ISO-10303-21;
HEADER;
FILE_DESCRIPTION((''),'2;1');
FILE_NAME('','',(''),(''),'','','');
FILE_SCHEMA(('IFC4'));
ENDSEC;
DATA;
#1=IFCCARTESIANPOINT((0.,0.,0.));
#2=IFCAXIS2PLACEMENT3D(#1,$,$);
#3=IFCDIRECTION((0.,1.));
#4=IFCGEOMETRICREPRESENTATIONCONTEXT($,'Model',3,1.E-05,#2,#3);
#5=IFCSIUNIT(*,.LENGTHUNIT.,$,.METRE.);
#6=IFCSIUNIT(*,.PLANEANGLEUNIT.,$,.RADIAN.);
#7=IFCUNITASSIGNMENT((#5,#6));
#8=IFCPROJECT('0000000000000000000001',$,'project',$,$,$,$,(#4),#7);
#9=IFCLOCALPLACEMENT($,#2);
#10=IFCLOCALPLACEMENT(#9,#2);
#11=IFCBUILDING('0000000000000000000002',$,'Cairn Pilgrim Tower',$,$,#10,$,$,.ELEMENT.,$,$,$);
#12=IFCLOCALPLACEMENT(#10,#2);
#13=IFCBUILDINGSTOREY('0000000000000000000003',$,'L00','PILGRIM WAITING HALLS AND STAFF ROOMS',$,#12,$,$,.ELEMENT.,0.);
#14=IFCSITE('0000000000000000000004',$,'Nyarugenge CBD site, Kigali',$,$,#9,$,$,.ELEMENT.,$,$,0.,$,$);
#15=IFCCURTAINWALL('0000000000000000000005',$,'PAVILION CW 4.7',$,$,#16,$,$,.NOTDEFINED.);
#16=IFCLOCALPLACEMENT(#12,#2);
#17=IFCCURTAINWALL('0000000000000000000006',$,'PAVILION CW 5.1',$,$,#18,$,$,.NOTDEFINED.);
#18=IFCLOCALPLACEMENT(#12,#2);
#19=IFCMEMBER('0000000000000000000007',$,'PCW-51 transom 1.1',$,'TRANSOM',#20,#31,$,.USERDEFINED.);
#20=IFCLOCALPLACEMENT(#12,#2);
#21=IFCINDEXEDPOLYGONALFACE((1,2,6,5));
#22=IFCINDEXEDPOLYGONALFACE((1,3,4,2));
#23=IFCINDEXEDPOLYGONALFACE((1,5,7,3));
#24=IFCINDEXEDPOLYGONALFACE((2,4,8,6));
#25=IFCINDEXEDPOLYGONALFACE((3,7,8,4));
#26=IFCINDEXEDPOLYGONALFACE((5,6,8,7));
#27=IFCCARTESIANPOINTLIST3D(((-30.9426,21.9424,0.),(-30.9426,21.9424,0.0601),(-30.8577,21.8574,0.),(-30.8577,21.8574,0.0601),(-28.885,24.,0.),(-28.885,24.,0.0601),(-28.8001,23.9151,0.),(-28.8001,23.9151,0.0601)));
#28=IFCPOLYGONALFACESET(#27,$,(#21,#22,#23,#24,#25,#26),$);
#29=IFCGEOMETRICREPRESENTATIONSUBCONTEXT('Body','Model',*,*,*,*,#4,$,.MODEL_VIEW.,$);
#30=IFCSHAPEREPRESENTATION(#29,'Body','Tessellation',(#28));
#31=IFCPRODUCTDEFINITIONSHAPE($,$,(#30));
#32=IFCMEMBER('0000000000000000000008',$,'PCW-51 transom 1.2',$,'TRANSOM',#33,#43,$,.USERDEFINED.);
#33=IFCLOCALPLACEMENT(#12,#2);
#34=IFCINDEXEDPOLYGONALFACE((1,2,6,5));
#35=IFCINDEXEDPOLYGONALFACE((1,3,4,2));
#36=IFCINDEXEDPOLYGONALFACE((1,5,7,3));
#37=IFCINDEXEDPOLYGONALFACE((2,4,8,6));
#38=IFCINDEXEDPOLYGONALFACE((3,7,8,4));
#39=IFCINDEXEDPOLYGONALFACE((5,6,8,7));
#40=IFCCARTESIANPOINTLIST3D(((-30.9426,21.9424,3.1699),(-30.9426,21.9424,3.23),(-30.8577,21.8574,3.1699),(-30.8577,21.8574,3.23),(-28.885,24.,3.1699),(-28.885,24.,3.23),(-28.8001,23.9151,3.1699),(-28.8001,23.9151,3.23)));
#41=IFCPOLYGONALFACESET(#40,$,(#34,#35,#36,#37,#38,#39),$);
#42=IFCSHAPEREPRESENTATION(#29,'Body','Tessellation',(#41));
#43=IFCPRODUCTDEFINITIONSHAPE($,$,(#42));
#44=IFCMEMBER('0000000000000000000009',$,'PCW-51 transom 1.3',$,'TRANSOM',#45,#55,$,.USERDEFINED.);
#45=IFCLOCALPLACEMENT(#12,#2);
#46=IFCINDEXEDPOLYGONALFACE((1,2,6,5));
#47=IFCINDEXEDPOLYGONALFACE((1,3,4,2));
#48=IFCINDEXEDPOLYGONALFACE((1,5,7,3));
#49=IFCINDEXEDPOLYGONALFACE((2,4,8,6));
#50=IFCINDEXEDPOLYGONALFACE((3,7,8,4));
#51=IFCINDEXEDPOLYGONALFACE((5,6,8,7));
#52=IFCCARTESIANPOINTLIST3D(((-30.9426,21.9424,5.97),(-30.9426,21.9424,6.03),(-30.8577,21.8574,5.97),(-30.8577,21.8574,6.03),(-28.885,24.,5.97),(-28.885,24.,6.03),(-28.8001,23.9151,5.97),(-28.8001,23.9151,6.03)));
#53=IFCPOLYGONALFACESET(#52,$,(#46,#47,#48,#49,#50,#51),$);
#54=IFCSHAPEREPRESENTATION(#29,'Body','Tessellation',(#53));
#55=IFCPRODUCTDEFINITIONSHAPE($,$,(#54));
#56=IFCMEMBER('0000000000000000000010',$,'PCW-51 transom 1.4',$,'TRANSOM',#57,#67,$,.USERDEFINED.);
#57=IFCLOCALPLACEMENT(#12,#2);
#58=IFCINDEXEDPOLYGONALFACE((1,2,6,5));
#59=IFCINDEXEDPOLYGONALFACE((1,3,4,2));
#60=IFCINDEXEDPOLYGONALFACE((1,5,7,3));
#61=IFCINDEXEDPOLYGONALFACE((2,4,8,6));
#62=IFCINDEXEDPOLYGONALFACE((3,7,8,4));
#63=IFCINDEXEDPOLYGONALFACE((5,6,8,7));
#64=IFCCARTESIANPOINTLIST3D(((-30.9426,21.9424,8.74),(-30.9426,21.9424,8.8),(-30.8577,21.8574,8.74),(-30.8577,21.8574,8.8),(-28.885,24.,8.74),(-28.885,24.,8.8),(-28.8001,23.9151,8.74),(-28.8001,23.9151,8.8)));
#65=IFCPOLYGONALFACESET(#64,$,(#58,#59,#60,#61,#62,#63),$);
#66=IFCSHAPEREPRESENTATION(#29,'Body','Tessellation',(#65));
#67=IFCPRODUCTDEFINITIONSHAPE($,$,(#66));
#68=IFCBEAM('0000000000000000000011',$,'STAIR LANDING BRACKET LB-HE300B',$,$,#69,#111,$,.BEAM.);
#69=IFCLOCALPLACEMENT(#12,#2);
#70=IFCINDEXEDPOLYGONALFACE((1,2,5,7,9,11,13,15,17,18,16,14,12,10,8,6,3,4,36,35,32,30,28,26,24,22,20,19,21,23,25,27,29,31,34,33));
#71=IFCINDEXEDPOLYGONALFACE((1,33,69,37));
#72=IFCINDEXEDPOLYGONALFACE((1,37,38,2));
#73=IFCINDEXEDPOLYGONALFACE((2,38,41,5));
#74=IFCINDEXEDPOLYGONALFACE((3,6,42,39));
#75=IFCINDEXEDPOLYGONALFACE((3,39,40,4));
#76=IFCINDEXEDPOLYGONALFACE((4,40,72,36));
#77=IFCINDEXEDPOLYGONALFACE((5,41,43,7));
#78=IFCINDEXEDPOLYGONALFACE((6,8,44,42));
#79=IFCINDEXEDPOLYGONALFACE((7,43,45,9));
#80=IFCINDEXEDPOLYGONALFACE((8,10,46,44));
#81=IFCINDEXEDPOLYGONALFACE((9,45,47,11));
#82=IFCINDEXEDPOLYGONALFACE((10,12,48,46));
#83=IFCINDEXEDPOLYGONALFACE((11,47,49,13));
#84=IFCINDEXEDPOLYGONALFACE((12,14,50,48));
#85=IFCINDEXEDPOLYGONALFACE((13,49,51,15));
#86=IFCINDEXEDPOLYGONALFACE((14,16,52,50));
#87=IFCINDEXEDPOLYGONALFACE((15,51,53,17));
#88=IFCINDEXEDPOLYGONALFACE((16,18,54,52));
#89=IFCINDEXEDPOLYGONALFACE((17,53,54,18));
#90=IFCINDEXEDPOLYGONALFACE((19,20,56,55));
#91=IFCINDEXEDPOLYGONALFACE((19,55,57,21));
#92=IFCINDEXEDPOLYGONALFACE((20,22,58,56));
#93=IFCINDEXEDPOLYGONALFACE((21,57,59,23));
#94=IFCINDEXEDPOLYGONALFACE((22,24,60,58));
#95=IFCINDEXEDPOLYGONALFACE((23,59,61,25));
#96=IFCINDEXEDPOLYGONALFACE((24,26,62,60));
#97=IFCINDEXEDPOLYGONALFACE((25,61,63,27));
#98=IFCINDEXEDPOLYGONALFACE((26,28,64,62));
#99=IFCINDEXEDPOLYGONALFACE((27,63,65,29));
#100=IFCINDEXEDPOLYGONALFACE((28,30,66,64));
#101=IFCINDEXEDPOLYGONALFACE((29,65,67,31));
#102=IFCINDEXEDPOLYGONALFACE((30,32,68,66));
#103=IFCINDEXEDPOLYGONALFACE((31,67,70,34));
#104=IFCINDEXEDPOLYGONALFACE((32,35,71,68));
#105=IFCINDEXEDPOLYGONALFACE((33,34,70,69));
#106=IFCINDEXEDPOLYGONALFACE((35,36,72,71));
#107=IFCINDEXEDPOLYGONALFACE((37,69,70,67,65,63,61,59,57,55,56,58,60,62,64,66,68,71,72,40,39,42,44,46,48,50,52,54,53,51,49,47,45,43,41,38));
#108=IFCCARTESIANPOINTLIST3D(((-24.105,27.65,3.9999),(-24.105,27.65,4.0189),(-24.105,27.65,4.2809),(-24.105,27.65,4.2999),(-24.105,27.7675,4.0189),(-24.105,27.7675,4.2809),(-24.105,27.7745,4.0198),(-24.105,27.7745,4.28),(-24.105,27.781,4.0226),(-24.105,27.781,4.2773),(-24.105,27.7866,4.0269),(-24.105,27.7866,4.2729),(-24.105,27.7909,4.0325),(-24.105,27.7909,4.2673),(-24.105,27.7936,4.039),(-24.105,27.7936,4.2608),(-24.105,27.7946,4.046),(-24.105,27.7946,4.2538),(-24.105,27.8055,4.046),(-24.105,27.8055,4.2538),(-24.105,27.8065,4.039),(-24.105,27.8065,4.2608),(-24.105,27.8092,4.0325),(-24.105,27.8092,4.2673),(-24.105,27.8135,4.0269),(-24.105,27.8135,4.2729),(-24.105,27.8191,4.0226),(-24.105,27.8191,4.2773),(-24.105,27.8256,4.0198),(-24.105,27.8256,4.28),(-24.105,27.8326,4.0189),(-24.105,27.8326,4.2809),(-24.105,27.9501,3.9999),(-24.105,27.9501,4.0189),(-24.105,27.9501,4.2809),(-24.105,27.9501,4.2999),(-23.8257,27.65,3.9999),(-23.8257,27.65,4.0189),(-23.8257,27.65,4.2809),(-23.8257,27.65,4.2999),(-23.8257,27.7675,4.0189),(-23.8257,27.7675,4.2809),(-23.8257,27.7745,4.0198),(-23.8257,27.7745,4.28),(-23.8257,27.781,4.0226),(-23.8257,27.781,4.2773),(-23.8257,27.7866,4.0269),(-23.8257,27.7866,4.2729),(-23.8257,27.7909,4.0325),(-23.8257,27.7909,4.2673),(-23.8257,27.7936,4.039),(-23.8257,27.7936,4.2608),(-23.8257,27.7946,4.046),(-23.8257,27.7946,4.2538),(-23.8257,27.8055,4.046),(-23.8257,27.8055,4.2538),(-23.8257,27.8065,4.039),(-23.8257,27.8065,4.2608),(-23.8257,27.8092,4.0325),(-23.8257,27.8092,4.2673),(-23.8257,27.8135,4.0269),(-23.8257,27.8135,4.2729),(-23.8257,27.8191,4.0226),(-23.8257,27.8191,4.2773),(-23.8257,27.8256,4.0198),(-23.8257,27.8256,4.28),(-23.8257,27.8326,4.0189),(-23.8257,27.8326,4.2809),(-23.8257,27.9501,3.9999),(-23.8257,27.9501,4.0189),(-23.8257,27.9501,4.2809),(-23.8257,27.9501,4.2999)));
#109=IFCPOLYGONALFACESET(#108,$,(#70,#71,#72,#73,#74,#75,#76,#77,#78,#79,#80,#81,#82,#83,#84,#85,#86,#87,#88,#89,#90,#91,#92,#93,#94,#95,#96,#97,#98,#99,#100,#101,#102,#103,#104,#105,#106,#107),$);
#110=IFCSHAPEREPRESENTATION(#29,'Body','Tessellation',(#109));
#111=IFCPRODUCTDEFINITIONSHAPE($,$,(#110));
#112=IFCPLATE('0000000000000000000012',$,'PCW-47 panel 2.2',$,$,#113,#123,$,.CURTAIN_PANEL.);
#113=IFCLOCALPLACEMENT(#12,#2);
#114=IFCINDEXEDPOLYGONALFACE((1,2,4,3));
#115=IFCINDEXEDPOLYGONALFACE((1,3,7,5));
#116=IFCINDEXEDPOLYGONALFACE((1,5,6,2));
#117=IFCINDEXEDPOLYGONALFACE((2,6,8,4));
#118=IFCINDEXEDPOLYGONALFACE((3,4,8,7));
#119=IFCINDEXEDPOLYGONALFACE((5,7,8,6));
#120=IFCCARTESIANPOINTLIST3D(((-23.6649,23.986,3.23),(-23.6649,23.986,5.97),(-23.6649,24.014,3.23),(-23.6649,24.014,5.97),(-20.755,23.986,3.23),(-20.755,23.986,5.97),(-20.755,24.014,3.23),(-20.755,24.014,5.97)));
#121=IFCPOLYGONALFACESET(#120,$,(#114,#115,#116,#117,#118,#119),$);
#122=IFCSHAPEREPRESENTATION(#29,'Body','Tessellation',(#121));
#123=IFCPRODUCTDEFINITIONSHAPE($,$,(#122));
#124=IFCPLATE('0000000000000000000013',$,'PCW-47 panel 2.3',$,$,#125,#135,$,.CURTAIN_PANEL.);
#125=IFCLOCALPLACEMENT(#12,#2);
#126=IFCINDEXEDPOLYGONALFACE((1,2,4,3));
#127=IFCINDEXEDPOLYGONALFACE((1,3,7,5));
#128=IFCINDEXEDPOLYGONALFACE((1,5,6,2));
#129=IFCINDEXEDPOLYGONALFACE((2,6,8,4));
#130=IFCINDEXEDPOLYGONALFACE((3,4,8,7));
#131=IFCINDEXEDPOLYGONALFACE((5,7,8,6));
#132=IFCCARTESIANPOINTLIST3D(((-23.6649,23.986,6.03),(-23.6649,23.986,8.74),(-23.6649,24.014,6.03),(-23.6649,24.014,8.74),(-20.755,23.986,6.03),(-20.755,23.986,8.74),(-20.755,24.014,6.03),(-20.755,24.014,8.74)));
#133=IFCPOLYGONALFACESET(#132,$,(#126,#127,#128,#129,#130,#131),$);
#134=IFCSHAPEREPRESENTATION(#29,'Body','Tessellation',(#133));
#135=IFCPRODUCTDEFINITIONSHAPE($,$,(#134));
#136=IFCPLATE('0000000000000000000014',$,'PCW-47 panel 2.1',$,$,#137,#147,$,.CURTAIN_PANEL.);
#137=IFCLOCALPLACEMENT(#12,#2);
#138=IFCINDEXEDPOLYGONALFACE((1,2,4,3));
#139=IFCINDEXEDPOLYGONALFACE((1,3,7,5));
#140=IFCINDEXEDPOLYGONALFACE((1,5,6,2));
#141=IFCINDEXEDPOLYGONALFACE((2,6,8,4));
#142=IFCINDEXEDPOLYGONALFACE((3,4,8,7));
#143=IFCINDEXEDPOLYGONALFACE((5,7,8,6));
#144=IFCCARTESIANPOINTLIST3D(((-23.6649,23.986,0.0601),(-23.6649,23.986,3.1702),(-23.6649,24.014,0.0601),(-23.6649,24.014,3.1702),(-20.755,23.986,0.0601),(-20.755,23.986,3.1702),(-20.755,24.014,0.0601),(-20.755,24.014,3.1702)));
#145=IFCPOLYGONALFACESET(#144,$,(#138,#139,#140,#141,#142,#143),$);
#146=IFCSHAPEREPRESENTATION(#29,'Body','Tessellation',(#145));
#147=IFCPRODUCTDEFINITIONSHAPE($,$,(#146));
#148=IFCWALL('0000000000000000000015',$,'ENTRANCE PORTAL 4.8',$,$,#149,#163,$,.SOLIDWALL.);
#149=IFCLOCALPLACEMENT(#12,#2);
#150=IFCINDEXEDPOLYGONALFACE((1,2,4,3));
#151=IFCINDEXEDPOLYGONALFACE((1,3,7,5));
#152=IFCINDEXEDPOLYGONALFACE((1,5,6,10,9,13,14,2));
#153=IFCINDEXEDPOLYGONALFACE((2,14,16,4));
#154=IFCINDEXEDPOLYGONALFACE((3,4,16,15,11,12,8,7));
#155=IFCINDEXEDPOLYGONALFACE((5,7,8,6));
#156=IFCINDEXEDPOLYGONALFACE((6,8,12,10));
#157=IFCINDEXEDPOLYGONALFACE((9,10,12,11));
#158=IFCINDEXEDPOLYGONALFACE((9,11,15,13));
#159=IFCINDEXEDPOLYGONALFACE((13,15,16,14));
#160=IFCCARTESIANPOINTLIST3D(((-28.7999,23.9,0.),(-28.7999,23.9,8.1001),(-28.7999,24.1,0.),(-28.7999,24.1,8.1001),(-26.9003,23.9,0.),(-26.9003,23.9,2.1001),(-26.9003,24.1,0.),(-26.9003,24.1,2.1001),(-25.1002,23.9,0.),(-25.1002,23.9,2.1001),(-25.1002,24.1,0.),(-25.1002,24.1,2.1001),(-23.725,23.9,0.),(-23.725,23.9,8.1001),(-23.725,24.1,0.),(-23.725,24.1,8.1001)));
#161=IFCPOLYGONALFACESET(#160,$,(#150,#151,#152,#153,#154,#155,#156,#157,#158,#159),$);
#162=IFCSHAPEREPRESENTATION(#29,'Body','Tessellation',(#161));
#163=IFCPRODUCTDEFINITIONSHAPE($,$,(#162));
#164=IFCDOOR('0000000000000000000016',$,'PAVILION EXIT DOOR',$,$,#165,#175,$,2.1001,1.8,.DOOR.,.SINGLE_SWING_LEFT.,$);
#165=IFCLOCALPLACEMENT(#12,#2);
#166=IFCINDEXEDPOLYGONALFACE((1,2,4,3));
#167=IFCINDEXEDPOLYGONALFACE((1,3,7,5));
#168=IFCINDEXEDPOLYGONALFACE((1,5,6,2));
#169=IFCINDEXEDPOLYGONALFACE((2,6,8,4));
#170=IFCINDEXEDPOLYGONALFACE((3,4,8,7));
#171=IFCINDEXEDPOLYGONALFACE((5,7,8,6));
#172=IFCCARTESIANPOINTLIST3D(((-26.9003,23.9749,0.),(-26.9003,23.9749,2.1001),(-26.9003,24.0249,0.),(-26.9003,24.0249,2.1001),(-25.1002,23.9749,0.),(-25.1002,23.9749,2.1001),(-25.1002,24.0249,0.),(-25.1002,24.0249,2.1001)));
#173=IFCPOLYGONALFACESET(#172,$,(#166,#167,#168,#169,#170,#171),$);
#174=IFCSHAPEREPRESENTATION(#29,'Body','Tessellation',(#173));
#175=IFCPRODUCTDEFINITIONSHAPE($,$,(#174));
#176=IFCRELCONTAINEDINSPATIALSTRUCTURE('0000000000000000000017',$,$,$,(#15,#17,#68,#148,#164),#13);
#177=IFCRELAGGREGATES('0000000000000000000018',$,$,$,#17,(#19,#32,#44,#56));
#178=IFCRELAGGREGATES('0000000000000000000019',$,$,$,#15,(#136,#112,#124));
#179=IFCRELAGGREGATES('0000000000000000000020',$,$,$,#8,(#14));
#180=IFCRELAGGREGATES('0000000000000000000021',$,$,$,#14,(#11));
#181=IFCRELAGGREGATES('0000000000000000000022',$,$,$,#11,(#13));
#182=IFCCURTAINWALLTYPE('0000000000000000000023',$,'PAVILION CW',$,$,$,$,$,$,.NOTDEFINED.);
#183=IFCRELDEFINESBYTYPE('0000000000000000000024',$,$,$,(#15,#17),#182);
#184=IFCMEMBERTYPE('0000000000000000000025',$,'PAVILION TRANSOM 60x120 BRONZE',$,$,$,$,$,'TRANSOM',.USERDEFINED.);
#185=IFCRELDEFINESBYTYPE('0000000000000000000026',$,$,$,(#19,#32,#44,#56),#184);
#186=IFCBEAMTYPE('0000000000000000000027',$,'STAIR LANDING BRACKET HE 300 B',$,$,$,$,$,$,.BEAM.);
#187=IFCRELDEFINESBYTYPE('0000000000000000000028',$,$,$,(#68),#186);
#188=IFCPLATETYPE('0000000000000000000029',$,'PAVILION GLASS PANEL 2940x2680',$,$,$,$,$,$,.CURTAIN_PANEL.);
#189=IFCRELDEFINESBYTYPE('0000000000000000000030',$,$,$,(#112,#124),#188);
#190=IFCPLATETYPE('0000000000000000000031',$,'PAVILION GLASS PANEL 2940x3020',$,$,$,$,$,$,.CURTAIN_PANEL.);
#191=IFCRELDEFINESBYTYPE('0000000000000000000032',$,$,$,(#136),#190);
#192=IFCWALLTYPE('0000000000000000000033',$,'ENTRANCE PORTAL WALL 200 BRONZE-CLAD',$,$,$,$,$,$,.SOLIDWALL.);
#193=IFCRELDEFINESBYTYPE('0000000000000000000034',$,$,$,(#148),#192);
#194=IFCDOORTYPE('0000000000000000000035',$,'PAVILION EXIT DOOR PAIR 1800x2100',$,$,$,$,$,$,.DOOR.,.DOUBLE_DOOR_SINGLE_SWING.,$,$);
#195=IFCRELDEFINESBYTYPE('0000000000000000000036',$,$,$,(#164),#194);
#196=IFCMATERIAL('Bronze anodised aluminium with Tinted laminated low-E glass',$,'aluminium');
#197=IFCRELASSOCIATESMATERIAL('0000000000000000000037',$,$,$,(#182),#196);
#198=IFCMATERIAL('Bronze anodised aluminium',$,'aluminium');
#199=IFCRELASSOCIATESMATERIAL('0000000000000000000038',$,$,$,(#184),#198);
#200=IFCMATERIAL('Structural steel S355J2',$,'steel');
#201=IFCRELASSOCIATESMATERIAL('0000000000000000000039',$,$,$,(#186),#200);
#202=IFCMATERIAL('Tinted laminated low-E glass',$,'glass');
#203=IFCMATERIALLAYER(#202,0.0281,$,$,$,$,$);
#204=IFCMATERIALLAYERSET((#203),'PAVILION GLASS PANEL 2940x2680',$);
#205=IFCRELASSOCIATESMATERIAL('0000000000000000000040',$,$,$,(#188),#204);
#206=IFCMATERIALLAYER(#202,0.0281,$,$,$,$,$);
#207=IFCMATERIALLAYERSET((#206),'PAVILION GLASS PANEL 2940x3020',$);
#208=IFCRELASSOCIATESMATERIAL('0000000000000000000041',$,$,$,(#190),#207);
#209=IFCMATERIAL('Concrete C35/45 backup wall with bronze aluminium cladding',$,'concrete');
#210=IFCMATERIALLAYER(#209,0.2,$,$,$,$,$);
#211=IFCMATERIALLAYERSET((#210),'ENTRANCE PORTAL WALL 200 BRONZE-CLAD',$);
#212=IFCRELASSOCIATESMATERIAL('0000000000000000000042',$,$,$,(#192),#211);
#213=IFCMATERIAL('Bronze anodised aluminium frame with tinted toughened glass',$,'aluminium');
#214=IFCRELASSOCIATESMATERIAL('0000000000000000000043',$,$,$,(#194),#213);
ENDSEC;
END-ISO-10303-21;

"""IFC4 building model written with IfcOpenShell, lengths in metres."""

from ifc_helpers import new_model, si_unit, direction, frame, frame_2d, origin, origin_2d, place, context, subcontext, project, spatial, rectangle, i_section, extrude, material, layer, layer_set, material_profile, profile_set, type_object, element, fill, aggregate, save


model = new_model("IFC4")

# Units and contexts
model_context = context("Model", 3, precision=1e-05, world=origin(), true_north=direction((0.0, 1.0)))
body_context = subcontext(model_context, "Body", "Model", "MODEL_VIEW")
ifc_project = project(units=[si_unit("LENGTHUNIT", "METRE"), si_unit("PLANEANGLEUNIT", "RADIAN")], contexts=[model_context])

# Site, building, storey
site_placement = place(None, origin())
site = spatial("IfcSite", under=ifc_project, at=site_placement, Name="Nyarugenge CBD site, Kigali", CompositionType="ELEMENT", RefElevation=0.0)
building_placement = place(site_placement, origin())
building = spatial("IfcBuilding", under=site, at=building_placement, Name="Cairn Pilgrim Tower", CompositionType="ELEMENT")
storey_placement = place(building_placement, origin())
storey = spatial("IfcBuildingStorey", under=building, at=storey_placement, Name="L00", Description="PILGRIM WAITING HALLS AND STAFF ROOMS", CompositionType="ELEMENT", Elevation=0.0)

# Shared definitions
ifc_material_1 = material(Name="Structural steel S355J2", Category="steel")

# Curtain wall
ifc_material_2 = material(Name="Bronze anodised aluminium with Tinted laminated low-E glass", Category="aluminium")
curtain_wall_type = type_object("IfcCurtainWallType", Name="PAVILION CW", PredefinedType="NOTDEFINED", material=ifc_material_2)
curtain_wall_1_placement = place(storey_placement, origin())
curtain_wall_1 = element("IfcCurtainWall", 1, at=curtain_wall_1_placement, inside=storey, type_object=curtain_wall_type, Name="PAVILION CW 4.7", PredefinedType="NOTDEFINED")
ifc_material_3 = material(Name="Bronze anodised aluminium", Category="aluminium")

# Curtain wall, members
curtain_wall_2_placement = place(storey_placement, origin())
curtain_wall_2 = element("IfcCurtainWall", 2, at=curtain_wall_2_placement, inside=storey, type_object=curtain_wall_type, Name="PAVILION CW 5.1", PredefinedType="NOTDEFINED")
ifc_material_profile_1 = material_profile(ifc_material_3, rectangle(XDim=0.1201, YDim=0.0601, at=origin_2d()), Name="PAVILION TRANSOM 60x120 BRONZE")
ifc_profile_set_1 = profile_set([ifc_material_profile_1], Name="Bronze anodised aluminium")
member_type_1 = type_object("IfcMemberType", Name="PAVILION TRANSOM 60x120 BRONZE", ElementType="TRANSOM", PredefinedType="USERDEFINED", material=ifc_profile_set_1)
member_1_placement = place(storey_placement, frame((-28.8425, 23.9575, 0.03), z_axis=(-0.707107, -0.707107, 0.0), x_axis=(0.707107, -0.707107, 0.0)))
member_1 = element("IfcMember", 3, at=member_1_placement, type_object=member_type_1, Name="PCW-51 transom 1.1", ObjectType="TRANSOM", PredefinedType="USERDEFINED", context=body_context, shape_type="SweptSolid", body=[
    extrude(rectangle(XDim=0.1201, YDim=0.0601, at=origin_2d()), origin(), (0.0, 0.0, 1.0), 2.9099),
])
member_2_placement = place(storey_placement, frame((-28.8425, 23.9575, 3.2), z_axis=(-0.707107, -0.707107, 0.0), x_axis=(0.707107, -0.707107, 0.0)))
member_2 = element("IfcMember", 4, at=member_2_placement, type_object=member_type_1, Name="PCW-51 transom 1.2", ObjectType="TRANSOM", PredefinedType="USERDEFINED", context=body_context, shape_type="SweptSolid", body=[
    extrude(rectangle(XDim=0.1201, YDim=0.0601, at=origin_2d()), origin(), (0.0, 0.0, 1.0), 2.9099),
])
member_3_placement = place(storey_placement, frame((-28.8425, 23.9575, 6.0), z_axis=(-0.707107, -0.707107, 0.0), x_axis=(0.707107, -0.707107, 0.0)))
member_3 = element("IfcMember", 5, at=member_3_placement, type_object=member_type_1, Name="PCW-51 transom 1.3", ObjectType="TRANSOM", PredefinedType="USERDEFINED", context=body_context, shape_type="SweptSolid", body=[
    extrude(rectangle(XDim=0.1201, YDim=0.0601, at=origin_2d()), origin(), (0.0, 0.0, 1.0), 2.9099),
])
member_4_placement = place(storey_placement, frame((-28.8425, 23.9575, 8.77), z_axis=(-0.707107, -0.707107, 0.0), x_axis=(0.707107, -0.707107, 0.0)))
member_4 = element("IfcMember", 6, at=member_4_placement, type_object=member_type_1, Name="PCW-51 transom 1.4", ObjectType="TRANSOM", PredefinedType="USERDEFINED", context=body_context, shape_type="SweptSolid", body=[
    extrude(rectangle(XDim=0.1201, YDim=0.0601, at=origin_2d()), origin(), (0.0, 0.0, 1.0), 2.9099),
])
aggregate(curtain_wall_2, [member_1, member_2, member_3, member_4])

# Beam
ifc_material_profile_2 = material_profile(ifc_material_1, i_section(OverallWidth=0.3, OverallDepth=0.3, WebThickness=0.011, FlangeThickness=0.019, FilletRadius=0.0271, at=origin_2d()), Name="HE 300 B")
ifc_profile_set_2 = profile_set([ifc_material_profile_2], Name="Structural steel S355J2")
beam_type = type_object("IfcBeamType", Name="STAIR LANDING BRACKET HE 300 B", PredefinedType="BEAM", material=ifc_profile_set_2)
beam_placement = place(storey_placement, frame((-23.8257, 27.8, 4.1499), z_axis=(-1.0, 0.0, 0.0), x_axis=(0.0, -1.0, 0.0)))
element("IfcBeam", 7, at=beam_placement, inside=storey, type_object=beam_type, Name="STAIR LANDING BRACKET LB-HE300B", PredefinedType="BEAM", context=body_context, shape_type="SweptSolid", body=[
    extrude(i_section(OverallWidth=0.3, OverallDepth=0.3, WebThickness=0.011, FlangeThickness=0.019, FilletRadius=0.0271, at=origin_2d()), origin(), (0.0, 0.0, 1.0), 0.2793),
])

# Plates
ifc_material_4 = material(Name="Tinted laminated low-E glass", Category="glass")
ifc_layer_1 = layer(ifc_material_4, 0.0281)
ifc_layer_set_1 = layer_set([ifc_layer_1], Name="PAVILION GLASS PANEL 2940x2680")
plate_type_1 = type_object("IfcPlateType", Name="PAVILION GLASS PANEL 2940x2680", PredefinedType="CURTAIN_PANEL", material=ifc_layer_set_1)
plate_1_placement = place(storey_placement, frame((-22.21, 24.0, 3.23), z_axis=(0.0, 0.0, 1.0), x_axis=(-1.0, 0.0, 0.0)))
plate_1 = element("IfcPlate", 8, at=plate_1_placement, type_object=plate_type_1, Name="PCW-47 panel 2.2", PredefinedType="CURTAIN_PANEL", context=body_context, shape_type="SweptSolid", body=[
    extrude(rectangle(XDim=2.9099, YDim=0.0281, at=origin_2d()), origin(), (0.0, 0.0, 1.0), 2.74),
])
plate_2_placement = place(storey_placement, frame((-22.21, 24.0, 6.03), z_axis=(0.0, 0.0, 1.0), x_axis=(-1.0, 0.0, 0.0)))
plate_2 = element("IfcPlate", 9, at=plate_2_placement, type_object=plate_type_1, Name="PCW-47 panel 2.3", PredefinedType="CURTAIN_PANEL", context=body_context, shape_type="SweptSolid", body=[
    extrude(rectangle(XDim=2.9099, YDim=0.0281, at=origin_2d()), origin(), (0.0, 0.0, 1.0), 2.71),
])
ifc_layer_2 = layer(ifc_material_4, 0.0281)
ifc_layer_set_2 = layer_set([ifc_layer_2], Name="PAVILION GLASS PANEL 2940x3020")
plate_type_2 = type_object("IfcPlateType", Name="PAVILION GLASS PANEL 2940x3020", PredefinedType="CURTAIN_PANEL", material=ifc_layer_set_2)
plate_3_placement = place(storey_placement, frame((-22.21, 24.0, 0.0601), z_axis=(0.0, 0.0, 1.0), x_axis=(-1.0, 0.0, 0.0)))
plate_3 = element("IfcPlate", 10, at=plate_3_placement, type_object=plate_type_2, Name="PCW-47 panel 2.1", PredefinedType="CURTAIN_PANEL", context=body_context, shape_type="SweptSolid", body=[
    extrude(rectangle(XDim=2.9099, YDim=0.0281, at=origin_2d()), origin(), (0.0, 0.0, 1.0), 3.1101),
])
aggregate(curtain_wall_1, [plate_3, plate_1, plate_2])

# Wall, opening, door
ifc_material_5 = material(Name="Concrete C35/45 backup wall with bronze aluminium cladding", Category="concrete")
ifc_layer_3 = layer(ifc_material_5, 0.2)
ifc_layer_set_3 = layer_set([ifc_layer_3], Name="ENTRANCE PORTAL WALL 200 BRONZE-CLAD")
wall_type_1 = type_object("IfcWallType", Name="ENTRANCE PORTAL WALL 200 BRONZE-CLAD", PredefinedType="SOLIDWALL", material=ifc_layer_set_3)
wall_1_placement = place(storey_placement, frame((-28.8, 24.0, 0.0), z_axis=(0.0, 0.0, 1.0), x_axis=(1.0, 0.0, 0.0)))
wall_1 = element("IfcWall", 11, at=wall_1_placement, inside=storey, type_object=wall_type_1, Name="ENTRANCE PORTAL 4.8", PredefinedType="SOLIDWALL", context=body_context, shape_type="SweptSolid", body=[
    extrude(rectangle(XDim=5.075, YDim=0.2, at=frame_2d((2.5376, 0.0))), origin(), (0.0, 0.0, 1.0), 8.1001),
])
opening_placement = place(wall_1_placement, frame((1.8999, 0.0, 0.0)))
opening = element("IfcOpeningElement", 12, at=opening_placement, cuts=wall_1, PredefinedType="OPENING", context=body_context, shape_type="SweptSolid", body=[
    extrude(rectangle(XDim=1.8, YDim=2.1001, at=frame_2d((0.8999, 1.05))), frame((0.0, 0.1099, 0.0), z_axis=(0.0, -1.0, 0.0), x_axis=(1.0, 0.0, 0.0)), (0.0, 0.0, 1.0), 0.22),
])
ifc_material_6 = material(Name="Bronze anodised aluminium frame with tinted toughened glass", Category="aluminium")
door_type = type_object("IfcDoorType", Name="PAVILION EXIT DOOR PAIR 1800x2100", OperationType="DOUBLE_DOOR_SINGLE_SWING", PredefinedType="DOOR", material=ifc_material_6)
door_placement = place(opening_placement, origin())
door = element("IfcDoor", 13, at=door_placement, inside=storey, type_object=door_type, Name="PAVILION EXIT DOOR", OperationType="SINGLE_SWING_LEFT", OverallHeight=2.1001, OverallWidth=1.8, PredefinedType="DOOR", context=body_context, shape_type="SweptSolid", body=[
    extrude(rectangle(XDim=1.8, YDim=2.1001, at=frame_2d((0.8999, 1.05))), frame((0.0, 0.0249, 0.0), z_axis=(0.0, -1.0, 0.0), x_axis=(1.0, 0.0, 0.0)), (0.0, 0.0, 1.0), 0.05),
])
fill(opening, door)

save(model, "model.ifc")
